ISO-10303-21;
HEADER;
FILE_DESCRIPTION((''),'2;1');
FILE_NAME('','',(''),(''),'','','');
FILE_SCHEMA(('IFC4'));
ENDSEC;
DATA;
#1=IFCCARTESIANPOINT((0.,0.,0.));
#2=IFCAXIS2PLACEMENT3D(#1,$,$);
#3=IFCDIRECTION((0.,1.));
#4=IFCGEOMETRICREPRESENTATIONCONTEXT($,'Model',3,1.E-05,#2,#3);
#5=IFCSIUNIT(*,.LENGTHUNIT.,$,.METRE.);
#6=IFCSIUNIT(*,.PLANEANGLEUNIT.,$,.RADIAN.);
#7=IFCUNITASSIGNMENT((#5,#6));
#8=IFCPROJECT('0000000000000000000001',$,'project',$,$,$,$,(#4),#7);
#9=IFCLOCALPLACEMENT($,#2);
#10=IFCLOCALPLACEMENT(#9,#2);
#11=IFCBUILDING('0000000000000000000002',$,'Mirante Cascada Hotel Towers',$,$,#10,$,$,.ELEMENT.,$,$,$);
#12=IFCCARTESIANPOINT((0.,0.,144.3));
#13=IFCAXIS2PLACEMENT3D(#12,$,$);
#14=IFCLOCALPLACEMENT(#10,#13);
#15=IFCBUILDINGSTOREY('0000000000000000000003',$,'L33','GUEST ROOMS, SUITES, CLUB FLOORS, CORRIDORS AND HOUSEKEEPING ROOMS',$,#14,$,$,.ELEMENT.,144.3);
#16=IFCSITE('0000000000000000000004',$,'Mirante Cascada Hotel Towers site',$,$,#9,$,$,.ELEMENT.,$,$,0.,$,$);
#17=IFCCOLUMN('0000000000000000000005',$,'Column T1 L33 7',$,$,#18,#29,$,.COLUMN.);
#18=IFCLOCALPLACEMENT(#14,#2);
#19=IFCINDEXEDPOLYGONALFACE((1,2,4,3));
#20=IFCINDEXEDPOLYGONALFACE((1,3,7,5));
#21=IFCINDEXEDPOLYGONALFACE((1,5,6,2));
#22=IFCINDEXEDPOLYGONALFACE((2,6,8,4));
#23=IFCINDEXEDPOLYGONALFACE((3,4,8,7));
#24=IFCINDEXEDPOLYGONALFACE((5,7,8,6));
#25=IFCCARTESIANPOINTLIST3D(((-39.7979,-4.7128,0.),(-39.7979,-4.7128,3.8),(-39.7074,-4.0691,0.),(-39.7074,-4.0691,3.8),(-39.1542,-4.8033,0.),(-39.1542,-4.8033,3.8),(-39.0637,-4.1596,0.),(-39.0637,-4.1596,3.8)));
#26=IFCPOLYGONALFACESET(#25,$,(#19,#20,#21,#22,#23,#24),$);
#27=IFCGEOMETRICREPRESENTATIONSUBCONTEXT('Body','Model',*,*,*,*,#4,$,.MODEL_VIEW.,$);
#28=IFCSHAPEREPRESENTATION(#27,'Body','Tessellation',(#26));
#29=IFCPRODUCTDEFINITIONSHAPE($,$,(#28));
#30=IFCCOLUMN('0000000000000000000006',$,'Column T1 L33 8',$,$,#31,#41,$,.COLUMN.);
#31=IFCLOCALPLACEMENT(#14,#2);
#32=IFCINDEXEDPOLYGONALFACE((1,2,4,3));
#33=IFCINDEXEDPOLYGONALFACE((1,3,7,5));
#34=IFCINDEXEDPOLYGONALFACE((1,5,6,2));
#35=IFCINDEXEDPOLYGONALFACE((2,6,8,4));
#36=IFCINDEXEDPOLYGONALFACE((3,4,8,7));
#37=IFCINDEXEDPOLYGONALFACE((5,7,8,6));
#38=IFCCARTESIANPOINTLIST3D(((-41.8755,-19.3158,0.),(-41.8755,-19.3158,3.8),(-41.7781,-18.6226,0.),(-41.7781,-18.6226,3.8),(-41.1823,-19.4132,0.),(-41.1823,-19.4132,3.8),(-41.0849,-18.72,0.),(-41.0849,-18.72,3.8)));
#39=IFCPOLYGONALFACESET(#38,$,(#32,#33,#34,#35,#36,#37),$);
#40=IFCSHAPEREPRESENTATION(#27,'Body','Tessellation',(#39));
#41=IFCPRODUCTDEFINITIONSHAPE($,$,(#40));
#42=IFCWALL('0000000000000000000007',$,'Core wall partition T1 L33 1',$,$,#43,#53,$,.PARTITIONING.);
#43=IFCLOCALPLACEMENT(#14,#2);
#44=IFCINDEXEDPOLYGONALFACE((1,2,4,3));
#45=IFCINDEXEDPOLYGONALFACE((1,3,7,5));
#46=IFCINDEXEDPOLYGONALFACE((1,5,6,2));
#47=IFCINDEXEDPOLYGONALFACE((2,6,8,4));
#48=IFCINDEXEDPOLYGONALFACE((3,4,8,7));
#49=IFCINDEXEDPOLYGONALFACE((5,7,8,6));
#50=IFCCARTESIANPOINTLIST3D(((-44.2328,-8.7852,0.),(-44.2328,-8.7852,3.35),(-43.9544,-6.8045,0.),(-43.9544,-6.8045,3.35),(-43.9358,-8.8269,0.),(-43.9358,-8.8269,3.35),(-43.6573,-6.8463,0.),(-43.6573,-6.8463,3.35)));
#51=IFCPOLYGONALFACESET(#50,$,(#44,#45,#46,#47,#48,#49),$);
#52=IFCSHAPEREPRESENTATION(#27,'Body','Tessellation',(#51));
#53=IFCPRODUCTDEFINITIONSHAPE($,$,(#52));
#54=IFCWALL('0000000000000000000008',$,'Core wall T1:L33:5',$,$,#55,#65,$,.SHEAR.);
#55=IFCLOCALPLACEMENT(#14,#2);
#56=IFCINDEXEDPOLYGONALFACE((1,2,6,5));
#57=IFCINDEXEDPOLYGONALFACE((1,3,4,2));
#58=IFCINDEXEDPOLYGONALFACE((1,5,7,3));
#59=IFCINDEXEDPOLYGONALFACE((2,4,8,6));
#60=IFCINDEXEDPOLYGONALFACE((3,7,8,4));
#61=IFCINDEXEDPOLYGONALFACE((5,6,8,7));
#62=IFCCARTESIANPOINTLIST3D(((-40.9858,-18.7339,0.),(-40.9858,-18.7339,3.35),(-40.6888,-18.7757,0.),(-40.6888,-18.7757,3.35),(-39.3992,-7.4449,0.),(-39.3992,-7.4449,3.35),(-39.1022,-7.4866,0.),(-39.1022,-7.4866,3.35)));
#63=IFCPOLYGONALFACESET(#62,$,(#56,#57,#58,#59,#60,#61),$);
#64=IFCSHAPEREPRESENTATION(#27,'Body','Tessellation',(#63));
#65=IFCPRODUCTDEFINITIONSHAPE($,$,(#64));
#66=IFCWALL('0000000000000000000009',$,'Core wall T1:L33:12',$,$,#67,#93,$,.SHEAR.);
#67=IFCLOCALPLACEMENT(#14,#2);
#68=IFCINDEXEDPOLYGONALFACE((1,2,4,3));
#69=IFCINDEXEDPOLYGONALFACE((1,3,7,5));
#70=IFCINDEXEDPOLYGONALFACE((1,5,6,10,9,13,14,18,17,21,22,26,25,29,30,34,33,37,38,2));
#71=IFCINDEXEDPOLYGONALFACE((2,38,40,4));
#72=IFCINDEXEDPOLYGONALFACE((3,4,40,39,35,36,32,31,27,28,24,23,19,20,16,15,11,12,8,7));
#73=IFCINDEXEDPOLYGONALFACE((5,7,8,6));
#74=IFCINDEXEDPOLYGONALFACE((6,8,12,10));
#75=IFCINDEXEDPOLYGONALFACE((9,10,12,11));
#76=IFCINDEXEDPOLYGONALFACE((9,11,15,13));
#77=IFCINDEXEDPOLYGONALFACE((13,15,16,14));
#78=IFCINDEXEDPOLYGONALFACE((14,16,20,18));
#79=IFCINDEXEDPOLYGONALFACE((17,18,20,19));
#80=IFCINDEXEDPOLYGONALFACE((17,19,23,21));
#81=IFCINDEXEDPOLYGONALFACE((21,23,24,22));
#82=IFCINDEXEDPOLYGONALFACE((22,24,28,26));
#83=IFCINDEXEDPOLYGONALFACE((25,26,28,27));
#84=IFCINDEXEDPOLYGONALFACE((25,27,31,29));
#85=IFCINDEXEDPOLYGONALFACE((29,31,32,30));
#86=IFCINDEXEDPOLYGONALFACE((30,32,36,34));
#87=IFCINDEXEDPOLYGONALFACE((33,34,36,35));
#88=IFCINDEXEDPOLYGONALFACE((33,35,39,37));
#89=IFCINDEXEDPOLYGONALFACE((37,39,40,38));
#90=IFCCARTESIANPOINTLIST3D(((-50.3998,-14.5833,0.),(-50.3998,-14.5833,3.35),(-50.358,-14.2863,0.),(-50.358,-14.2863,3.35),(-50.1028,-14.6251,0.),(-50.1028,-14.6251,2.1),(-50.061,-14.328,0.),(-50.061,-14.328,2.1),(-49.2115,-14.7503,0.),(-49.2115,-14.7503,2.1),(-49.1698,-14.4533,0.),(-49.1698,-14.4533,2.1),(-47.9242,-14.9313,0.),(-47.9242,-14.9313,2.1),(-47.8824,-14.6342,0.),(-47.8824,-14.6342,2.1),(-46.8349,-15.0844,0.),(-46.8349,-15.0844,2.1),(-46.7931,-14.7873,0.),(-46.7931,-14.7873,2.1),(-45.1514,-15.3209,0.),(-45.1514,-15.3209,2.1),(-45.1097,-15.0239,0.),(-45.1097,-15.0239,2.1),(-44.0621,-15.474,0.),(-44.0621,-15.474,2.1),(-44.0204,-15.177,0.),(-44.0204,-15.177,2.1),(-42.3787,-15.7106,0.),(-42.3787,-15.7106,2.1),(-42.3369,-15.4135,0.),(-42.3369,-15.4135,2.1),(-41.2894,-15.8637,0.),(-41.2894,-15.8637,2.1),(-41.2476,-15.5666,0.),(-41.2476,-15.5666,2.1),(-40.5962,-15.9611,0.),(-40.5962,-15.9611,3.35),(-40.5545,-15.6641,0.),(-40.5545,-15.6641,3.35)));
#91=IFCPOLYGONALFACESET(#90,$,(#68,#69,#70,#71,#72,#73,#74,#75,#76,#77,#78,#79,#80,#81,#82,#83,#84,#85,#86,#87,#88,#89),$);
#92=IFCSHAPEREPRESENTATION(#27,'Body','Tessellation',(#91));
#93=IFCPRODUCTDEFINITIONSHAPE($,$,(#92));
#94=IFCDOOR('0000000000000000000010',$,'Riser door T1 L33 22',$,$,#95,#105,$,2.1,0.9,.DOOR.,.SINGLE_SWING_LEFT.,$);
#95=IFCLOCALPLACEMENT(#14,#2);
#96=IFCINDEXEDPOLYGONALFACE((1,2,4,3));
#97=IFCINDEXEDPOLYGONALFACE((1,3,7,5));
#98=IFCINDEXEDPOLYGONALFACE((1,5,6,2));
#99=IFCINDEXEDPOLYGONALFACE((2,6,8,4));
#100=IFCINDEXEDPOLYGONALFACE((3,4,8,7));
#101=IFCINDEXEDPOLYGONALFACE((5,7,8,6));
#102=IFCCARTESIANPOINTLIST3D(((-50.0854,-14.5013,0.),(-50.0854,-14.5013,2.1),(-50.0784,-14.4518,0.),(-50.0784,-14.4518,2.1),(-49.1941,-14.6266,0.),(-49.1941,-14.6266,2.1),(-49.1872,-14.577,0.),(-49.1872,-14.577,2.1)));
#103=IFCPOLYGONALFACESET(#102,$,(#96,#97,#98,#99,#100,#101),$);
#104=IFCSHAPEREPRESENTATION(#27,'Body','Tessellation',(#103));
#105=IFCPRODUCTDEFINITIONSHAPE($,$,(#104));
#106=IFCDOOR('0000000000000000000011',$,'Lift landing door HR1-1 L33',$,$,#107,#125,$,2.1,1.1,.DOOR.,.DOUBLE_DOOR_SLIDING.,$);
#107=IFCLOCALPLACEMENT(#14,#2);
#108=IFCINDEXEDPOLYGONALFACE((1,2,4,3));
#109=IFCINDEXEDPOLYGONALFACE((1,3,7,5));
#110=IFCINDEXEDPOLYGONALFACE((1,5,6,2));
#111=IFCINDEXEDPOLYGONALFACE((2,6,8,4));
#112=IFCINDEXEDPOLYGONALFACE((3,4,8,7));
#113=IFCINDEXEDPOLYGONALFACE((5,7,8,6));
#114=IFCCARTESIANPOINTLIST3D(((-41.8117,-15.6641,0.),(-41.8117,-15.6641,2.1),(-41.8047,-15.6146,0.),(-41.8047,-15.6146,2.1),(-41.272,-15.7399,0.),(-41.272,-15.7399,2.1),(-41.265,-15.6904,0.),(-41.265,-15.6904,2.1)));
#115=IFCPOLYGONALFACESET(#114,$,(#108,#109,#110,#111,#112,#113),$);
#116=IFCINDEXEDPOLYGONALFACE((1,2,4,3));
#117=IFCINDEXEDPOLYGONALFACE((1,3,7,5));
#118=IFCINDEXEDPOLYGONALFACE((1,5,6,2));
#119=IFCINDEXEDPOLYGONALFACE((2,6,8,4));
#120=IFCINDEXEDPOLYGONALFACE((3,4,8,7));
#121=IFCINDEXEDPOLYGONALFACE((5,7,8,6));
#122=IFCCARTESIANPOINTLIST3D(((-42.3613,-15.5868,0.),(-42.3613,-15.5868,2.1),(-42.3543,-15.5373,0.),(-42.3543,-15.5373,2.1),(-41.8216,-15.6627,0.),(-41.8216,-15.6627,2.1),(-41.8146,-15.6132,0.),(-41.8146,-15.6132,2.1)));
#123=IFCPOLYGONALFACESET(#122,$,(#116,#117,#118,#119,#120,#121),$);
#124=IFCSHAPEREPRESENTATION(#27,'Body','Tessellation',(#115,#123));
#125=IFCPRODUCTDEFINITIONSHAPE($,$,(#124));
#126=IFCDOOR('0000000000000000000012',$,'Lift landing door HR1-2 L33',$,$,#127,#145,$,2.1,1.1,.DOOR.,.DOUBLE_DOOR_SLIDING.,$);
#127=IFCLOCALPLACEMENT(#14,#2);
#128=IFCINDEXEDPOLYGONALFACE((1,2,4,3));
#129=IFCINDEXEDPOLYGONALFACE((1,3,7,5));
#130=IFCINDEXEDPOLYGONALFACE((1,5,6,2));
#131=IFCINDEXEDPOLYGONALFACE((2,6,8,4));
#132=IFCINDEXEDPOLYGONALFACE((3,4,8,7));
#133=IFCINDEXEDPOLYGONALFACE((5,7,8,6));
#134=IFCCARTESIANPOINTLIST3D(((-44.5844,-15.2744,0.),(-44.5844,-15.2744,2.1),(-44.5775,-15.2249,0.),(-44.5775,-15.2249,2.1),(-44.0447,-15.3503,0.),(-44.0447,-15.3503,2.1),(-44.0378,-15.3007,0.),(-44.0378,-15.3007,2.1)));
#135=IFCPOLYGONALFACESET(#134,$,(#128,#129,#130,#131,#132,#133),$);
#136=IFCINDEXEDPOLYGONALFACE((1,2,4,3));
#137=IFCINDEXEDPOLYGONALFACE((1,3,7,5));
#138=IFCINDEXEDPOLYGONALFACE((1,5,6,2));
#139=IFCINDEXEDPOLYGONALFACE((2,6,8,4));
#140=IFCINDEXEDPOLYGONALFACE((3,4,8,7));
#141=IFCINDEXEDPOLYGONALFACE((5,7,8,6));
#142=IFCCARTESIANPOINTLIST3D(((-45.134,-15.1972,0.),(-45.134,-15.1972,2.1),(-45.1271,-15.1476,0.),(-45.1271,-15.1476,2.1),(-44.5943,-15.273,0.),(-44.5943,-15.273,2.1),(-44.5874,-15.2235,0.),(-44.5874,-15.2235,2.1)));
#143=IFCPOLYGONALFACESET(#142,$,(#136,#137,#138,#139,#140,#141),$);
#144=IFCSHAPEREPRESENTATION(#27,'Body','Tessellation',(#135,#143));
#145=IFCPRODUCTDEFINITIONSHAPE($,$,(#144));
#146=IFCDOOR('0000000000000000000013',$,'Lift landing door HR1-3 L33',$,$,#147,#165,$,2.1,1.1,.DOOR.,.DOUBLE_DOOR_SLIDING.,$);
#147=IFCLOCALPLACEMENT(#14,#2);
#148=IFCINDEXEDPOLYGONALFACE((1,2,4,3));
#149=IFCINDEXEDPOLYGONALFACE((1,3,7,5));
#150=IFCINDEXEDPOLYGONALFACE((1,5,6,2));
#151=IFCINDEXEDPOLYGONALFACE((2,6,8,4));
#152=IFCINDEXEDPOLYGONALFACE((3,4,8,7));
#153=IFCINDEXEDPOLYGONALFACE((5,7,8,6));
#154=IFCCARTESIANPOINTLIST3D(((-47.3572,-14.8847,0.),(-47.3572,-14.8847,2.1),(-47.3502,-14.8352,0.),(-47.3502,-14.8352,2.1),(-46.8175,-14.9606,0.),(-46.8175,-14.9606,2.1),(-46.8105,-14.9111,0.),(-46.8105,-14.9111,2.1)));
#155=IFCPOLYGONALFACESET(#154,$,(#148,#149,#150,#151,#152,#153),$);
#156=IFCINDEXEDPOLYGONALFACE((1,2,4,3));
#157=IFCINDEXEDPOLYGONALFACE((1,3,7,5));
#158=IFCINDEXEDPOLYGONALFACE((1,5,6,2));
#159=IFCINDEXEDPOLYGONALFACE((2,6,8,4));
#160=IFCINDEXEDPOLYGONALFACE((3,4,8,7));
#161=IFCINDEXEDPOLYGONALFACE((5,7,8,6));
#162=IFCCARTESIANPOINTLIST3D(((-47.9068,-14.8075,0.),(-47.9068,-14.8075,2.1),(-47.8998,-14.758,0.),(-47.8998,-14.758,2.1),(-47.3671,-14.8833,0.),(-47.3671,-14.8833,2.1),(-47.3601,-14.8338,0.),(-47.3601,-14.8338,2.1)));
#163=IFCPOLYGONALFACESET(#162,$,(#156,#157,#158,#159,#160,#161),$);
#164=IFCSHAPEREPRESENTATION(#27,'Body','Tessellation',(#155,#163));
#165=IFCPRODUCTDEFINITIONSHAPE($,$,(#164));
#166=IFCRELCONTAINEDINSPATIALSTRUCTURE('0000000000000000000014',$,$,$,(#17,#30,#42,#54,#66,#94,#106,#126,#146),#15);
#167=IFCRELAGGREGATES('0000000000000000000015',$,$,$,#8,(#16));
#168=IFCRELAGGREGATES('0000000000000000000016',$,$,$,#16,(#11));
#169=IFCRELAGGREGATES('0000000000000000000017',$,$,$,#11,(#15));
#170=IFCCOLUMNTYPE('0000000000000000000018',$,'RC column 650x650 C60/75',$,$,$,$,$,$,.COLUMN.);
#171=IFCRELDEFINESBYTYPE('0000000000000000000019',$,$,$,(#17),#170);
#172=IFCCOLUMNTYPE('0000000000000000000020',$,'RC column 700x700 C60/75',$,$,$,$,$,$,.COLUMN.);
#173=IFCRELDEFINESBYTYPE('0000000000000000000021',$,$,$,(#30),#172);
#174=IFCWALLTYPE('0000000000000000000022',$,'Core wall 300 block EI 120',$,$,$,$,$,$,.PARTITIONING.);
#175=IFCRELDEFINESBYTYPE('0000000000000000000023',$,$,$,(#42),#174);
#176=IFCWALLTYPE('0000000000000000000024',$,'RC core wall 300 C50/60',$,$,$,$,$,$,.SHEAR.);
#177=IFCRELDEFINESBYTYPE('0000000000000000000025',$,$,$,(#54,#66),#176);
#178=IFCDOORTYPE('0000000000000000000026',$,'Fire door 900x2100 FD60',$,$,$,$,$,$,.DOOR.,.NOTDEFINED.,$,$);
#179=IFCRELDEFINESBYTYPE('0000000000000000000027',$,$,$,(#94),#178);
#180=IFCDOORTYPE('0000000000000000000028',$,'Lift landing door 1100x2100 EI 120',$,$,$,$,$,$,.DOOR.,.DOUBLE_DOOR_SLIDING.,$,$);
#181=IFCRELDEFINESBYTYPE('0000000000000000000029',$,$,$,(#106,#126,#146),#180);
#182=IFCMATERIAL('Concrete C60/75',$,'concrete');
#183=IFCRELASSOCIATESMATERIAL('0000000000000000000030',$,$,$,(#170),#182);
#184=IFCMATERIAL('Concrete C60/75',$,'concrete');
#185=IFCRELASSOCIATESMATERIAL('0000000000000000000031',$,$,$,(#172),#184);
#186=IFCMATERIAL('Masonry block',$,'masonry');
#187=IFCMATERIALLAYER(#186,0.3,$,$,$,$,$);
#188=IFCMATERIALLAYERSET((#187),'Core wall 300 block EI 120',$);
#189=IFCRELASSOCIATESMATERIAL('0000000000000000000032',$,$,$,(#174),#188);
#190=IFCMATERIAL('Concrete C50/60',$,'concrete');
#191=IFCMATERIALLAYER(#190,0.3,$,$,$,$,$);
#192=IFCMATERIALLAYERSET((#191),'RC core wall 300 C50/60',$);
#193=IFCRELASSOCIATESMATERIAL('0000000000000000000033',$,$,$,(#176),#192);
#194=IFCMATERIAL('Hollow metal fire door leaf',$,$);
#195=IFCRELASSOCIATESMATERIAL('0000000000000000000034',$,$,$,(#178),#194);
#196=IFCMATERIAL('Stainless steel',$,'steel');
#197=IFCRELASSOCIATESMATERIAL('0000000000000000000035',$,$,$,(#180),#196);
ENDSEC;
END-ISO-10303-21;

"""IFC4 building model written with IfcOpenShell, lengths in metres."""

from ifc_helpers import new_model, si_unit, direction, frame, frame_2d, origin, origin_2d, place, context, subcontext, project, spatial, rectangle, extrude, material, layer, layer_set, material_profile, profile_set, type_object, element, fill, save


model = new_model("IFC4")

# Units and contexts
model_context = context("Model", 3, precision=1e-05, world=origin(), true_north=direction((0.0, 1.0)))
body_context = subcontext(model_context, "Body", "Model", "MODEL_VIEW")
ifc_project = project(units=[si_unit("LENGTHUNIT", "METRE"), si_unit("PLANEANGLEUNIT", "RADIAN")], contexts=[model_context])

# Site, building, storey
site_placement = place(None, origin())
site = spatial("IfcSite", under=ifc_project, at=site_placement, Name="Mirante Cascada Hotel Towers site", CompositionType="ELEMENT", RefElevation=0.0)
building_placement = place(site_placement, origin())
building = spatial("IfcBuilding", under=site, at=building_placement, Name="Mirante Cascada Hotel Towers", CompositionType="ELEMENT")
storey_placement = place(building_placement, frame((0.0, 0.0, 144.3)))
storey = spatial("IfcBuildingStorey", under=building, at=storey_placement, Name="L33", Description="GUEST ROOMS, SUITES, CLUB FLOORS, CORRIDORS AND HOUSEKEEPING ROOMS", CompositionType="ELEMENT", Elevation=144.3)

# Columns
ifc_material_1 = material(Name="Concrete C60/75", Category="concrete")
ifc_material_profile_1 = material_profile(ifc_material_1, rectangle(XDim=0.65, YDim=0.65, at=origin_2d()), Name="RC column 650x650 C60/75")
ifc_profile_set_1 = profile_set([ifc_material_profile_1], Name="Concrete C60/75")
column_type_1 = type_object("IfcColumnType", Name="RC column 650x650 C60/75", PredefinedType="COLUMN", material=ifc_profile_set_1)
column_1_placement = place(storey_placement, frame((-39.4308, -4.4362, 0.0), z_axis=(0.0, 0.0, 1.0), x_axis=(-0.990268, 0.139173, 0.0)))
element("IfcColumn", 1, at=column_1_placement, inside=storey, type_object=column_type_1, Name="Column T1 L33 7", PredefinedType="COLUMN", context=body_context, shape_type="SweptSolid", body=[
    extrude(rectangle(XDim=0.65, YDim=0.65, at=origin_2d()), origin(), (0.0, 0.0, 1.0), 3.8),
])
ifc_material_2 = material(Name="Concrete C60/75", Category="concrete")
ifc_material_profile_2 = material_profile(ifc_material_2, rectangle(XDim=0.7, YDim=0.7, at=origin_2d()), Name="RC column 700x700 C60/75")
ifc_profile_set_2 = profile_set([ifc_material_profile_2], Name="Concrete C60/75")
column_type_2 = type_object("IfcColumnType", Name="RC column 700x700 C60/75", PredefinedType="COLUMN", material=ifc_profile_set_2)
column_2_placement = place(storey_placement, frame((-41.4802, -19.0179, 0.0), z_axis=(0.0, 0.0, 1.0), x_axis=(-0.990268, 0.139173, 0.0)))
element("IfcColumn", 2, at=column_2_placement, inside=storey, type_object=column_type_2, Name="Column T1 L33 8", PredefinedType="COLUMN", context=body_context, shape_type="SweptSolid", body=[
    extrude(rectangle(XDim=0.7, YDim=0.7, at=origin_2d()), origin(), (0.0, 0.0, 1.0), 3.8),
])

# Walls
ifc_material_3 = material(Name="Masonry block", Category="masonry")
ifc_layer_1 = layer(ifc_material_3, 0.3)
ifc_layer_set_1 = layer_set([ifc_layer_1], Name="Core wall 300 block EI 120")
wall_type_1 = type_object("IfcWallType", Name="Core wall 300 block EI 120", PredefinedType="PARTITIONING", material=ifc_layer_set_1)
wall_1_placement = place(storey_placement, frame((-44.0843, -8.8061, 0.0), z_axis=(0.0, 0.0, 1.0), x_axis=(0.139195, 0.990265, 0.0)))
element("IfcWall", 3, at=wall_1_placement, inside=storey, type_object=wall_type_1, Name="Core wall partition T1 L33 1", PredefinedType="PARTITIONING", context=body_context, shape_type="SweptSolid", body=[
    extrude(rectangle(XDim=2.0001, YDim=0.3, at=frame_2d((1.0001, 0.0))), origin(), (0.0, 0.0, 1.0), 3.35),
])
ifc_material_4 = material(Name="Concrete C50/60", Category="concrete")
ifc_layer_2 = layer(ifc_material_4, 0.3)
ifc_layer_set_2 = layer_set([ifc_layer_2], Name="RC core wall 300 C50/60")
wall_type_2 = type_object("IfcWallType", Name="RC core wall 300 C50/60", PredefinedType="SHEAR", material=ifc_layer_set_2)
wall_2_placement = place(storey_placement, frame((-40.8373, -18.7548, 0.0), z_axis=(0.0, 0.0, 1.0), x_axis=(0.139175, 0.990268, 0.0)))
element("IfcWall", 4, at=wall_2_placement, inside=storey, type_object=wall_type_2, Name="Core wall T1:L33:5", PredefinedType="SHEAR", context=body_context, shape_type="SweptSolid", body=[
    extrude(rectangle(XDim=11.4, YDim=0.3, at=frame_2d((5.7, 0.0))), origin(), (0.0, 0.0, 1.0), 3.35),
])

# Wall, openings, doors
wall_3_placement = place(storey_placement, frame((-40.5753, -15.8126, 0.0), z_axis=(0.0, 0.0, 1.0), x_axis=(-0.990268, 0.139173, 0.0)))
wall_3 = element("IfcWall", 5, at=wall_3_placement, inside=storey, type_object=wall_type_2, Name="Core wall T1:L33:12", PredefinedType="SHEAR", context=body_context, shape_type="SweptSolid", body=[
    extrude(rectangle(XDim=9.8999, YDim=0.3, at=frame_2d((4.95, 0.0))), origin(), (0.0, 0.0, 1.0), 3.35),
])
opening_1_placement = place(wall_3_placement, frame((0.7, 0.0, 0.0)))
opening_1 = element("IfcOpeningElement", 6, at=opening_1_placement, cuts=wall_3, PredefinedType="OPENING", context=body_context, shape_type="SweptSolid", body=[
    extrude(rectangle(XDim=1.1, YDim=2.1, at=frame_2d((0.55, 1.05))), frame((0.0, 0.15, 0.0), z_axis=(0.0, -1.0, 0.0), x_axis=(1.0, 0.0, 0.0)), (0.0, 0.0, 1.0), 0.3),
])
opening_2_placement = place(wall_3_placement, frame((3.5, 0.0, 0.0)))
opening_2 = element("IfcOpeningElement", 7, at=opening_2_placement, cuts=wall_3, PredefinedType="OPENING", context=body_context, shape_type="SweptSolid", body=[
    extrude(rectangle(XDim=1.1, YDim=2.1, at=frame_2d((0.55, 1.05))), frame((0.0, 0.15, 0.0), z_axis=(0.0, -1.0, 0.0), x_axis=(1.0, 0.0, 0.0)), (0.0, 0.0, 1.0), 0.3),
])
opening_3_placement = place(wall_3_placement, frame((6.3, 0.0, 0.0)))
opening_3 = element("IfcOpeningElement", 8, at=opening_3_placement, cuts=wall_3, PredefinedType="OPENING", context=body_context, shape_type="SweptSolid", body=[
    extrude(rectangle(XDim=1.1, YDim=2.1, at=frame_2d((0.55, 1.05))), frame((0.0, 0.15, 0.0), z_axis=(0.0, -1.0, 0.0), x_axis=(1.0, 0.0, 0.0)), (0.0, 0.0, 1.0), 0.3),
])
opening_4_placement = place(wall_3_placement, frame((8.7, 0.0, 0.0)))
opening_4 = element("IfcOpeningElement", 9, at=opening_4_placement, cuts=wall_3, PredefinedType="OPENING", context=body_context, shape_type="SweptSolid", body=[
    extrude(rectangle(XDim=0.9, YDim=2.1, at=frame_2d((0.45, 1.05))), frame((0.0, 0.15, 0.0), z_axis=(0.0, -1.0, 0.0), x_axis=(1.0, 0.0, 0.0)), (0.0, 0.0, 1.0), 0.3),
])
ifc_material_5 = material(Name="Hollow metal fire door leaf")
door_type_1 = type_object("IfcDoorType", Name="Fire door 900x2100 FD60", OperationType="NOTDEFINED", PredefinedType="DOOR", material=ifc_material_5)
door_1_placement = place(opening_4_placement, origin())
door_1 = element("IfcDoor", 10, at=door_1_placement, inside=storey, type_object=door_type_1, Name="Riser door T1 L33 22", OperationType="SINGLE_SWING_LEFT", OverallHeight=2.1, OverallWidth=0.9, PredefinedType="DOOR", context=body_context, shape_type="SweptSolid", body=[
    extrude(rectangle(XDim=0.9, YDim=2.1, at=frame_2d((0.45, 1.05))), frame((0.0, 0.025, 0.0), z_axis=(0.0, -1.0, 0.0), x_axis=(1.0, 0.0, 0.0)), (0.0, 0.0, 1.0), 0.05),
])
fill(opening_4, door_1)
ifc_material_6 = material(Name="Stainless steel", Category="steel")
door_type_2 = type_object("IfcDoorType", Name="Lift landing door 1100x2100 EI 120", OperationType="DOUBLE_DOOR_SLIDING", PredefinedType="DOOR", material=ifc_material_6)
door_2_placement = place(opening_1_placement, origin())
door_2 = element("IfcDoor", 11, at=door_2_placement, inside=storey, type_object=door_type_2, Name="Lift landing door HR1-1 L33", OperationType="DOUBLE_DOOR_SLIDING", OverallHeight=2.1, OverallWidth=1.1, PredefinedType="DOOR", context=body_context, shape_type="SweptSolid", body=[
    extrude(rectangle(XDim=0.545, YDim=2.1, at=frame_2d((0.2725, 1.05))), frame((0.0, 0.025, 0.0), z_axis=(0.0, -1.0, 0.0), x_axis=(1.0, 0.0, 0.0)), (0.0, 0.0, 1.0), 0.05),
    extrude(rectangle(XDim=0.545, YDim=2.1, at=frame_2d((0.8275, 1.05))), frame((0.0, 0.025, 0.0), z_axis=(0.0, -1.0, 0.0), x_axis=(1.0, 0.0, 0.0)), (0.0, 0.0, 1.0), 0.05),
])
fill(opening_1, door_2)
door_3_placement = place(opening_2_placement, origin())
door_3 = element("IfcDoor", 12, at=door_3_placement, inside=storey, type_object=door_type_2, Name="Lift landing door HR1-2 L33", OperationType="DOUBLE_DOOR_SLIDING", OverallHeight=2.1, OverallWidth=1.1, PredefinedType="DOOR", context=body_context, shape_type="SweptSolid", body=[
    extrude(rectangle(XDim=0.545, YDim=2.1, at=frame_2d((0.2725, 1.05))), frame((0.0, 0.025, 0.0), z_axis=(0.0, -1.0, 0.0), x_axis=(1.0, 0.0, 0.0)), (0.0, 0.0, 1.0), 0.05),
    extrude(rectangle(XDim=0.545, YDim=2.1, at=frame_2d((0.8275, 1.05))), frame((0.0, 0.025, 0.0), z_axis=(0.0, -1.0, 0.0), x_axis=(1.0, 0.0, 0.0)), (0.0, 0.0, 1.0), 0.05),
])
fill(opening_2, door_3)
door_4_placement = place(opening_3_placement, origin())
door_4 = element("IfcDoor", 13, at=door_4_placement, inside=storey, type_object=door_type_2, Name="Lift landing door HR1-3 L33", OperationType="DOUBLE_DOOR_SLIDING", OverallHeight=2.1, OverallWidth=1.1, PredefinedType="DOOR", context=body_context, shape_type="SweptSolid", body=[
    extrude(rectangle(XDim=0.545, YDim=2.1, at=frame_2d((0.2725, 1.05))), frame((0.0, 0.025, 0.0), z_axis=(0.0, -1.0, 0.0), x_axis=(1.0, 0.0, 0.0)), (0.0, 0.0, 1.0), 0.05),
    extrude(rectangle(XDim=0.545, YDim=2.1, at=frame_2d((0.8275, 1.05))), frame((0.0, 0.025, 0.0), z_axis=(0.0, -1.0, 0.0), x_axis=(1.0, 0.0, 0.0)), (0.0, 0.0, 1.0), 0.05),
])
fill(opening_3, door_4)

save(model, "model.ifc")
